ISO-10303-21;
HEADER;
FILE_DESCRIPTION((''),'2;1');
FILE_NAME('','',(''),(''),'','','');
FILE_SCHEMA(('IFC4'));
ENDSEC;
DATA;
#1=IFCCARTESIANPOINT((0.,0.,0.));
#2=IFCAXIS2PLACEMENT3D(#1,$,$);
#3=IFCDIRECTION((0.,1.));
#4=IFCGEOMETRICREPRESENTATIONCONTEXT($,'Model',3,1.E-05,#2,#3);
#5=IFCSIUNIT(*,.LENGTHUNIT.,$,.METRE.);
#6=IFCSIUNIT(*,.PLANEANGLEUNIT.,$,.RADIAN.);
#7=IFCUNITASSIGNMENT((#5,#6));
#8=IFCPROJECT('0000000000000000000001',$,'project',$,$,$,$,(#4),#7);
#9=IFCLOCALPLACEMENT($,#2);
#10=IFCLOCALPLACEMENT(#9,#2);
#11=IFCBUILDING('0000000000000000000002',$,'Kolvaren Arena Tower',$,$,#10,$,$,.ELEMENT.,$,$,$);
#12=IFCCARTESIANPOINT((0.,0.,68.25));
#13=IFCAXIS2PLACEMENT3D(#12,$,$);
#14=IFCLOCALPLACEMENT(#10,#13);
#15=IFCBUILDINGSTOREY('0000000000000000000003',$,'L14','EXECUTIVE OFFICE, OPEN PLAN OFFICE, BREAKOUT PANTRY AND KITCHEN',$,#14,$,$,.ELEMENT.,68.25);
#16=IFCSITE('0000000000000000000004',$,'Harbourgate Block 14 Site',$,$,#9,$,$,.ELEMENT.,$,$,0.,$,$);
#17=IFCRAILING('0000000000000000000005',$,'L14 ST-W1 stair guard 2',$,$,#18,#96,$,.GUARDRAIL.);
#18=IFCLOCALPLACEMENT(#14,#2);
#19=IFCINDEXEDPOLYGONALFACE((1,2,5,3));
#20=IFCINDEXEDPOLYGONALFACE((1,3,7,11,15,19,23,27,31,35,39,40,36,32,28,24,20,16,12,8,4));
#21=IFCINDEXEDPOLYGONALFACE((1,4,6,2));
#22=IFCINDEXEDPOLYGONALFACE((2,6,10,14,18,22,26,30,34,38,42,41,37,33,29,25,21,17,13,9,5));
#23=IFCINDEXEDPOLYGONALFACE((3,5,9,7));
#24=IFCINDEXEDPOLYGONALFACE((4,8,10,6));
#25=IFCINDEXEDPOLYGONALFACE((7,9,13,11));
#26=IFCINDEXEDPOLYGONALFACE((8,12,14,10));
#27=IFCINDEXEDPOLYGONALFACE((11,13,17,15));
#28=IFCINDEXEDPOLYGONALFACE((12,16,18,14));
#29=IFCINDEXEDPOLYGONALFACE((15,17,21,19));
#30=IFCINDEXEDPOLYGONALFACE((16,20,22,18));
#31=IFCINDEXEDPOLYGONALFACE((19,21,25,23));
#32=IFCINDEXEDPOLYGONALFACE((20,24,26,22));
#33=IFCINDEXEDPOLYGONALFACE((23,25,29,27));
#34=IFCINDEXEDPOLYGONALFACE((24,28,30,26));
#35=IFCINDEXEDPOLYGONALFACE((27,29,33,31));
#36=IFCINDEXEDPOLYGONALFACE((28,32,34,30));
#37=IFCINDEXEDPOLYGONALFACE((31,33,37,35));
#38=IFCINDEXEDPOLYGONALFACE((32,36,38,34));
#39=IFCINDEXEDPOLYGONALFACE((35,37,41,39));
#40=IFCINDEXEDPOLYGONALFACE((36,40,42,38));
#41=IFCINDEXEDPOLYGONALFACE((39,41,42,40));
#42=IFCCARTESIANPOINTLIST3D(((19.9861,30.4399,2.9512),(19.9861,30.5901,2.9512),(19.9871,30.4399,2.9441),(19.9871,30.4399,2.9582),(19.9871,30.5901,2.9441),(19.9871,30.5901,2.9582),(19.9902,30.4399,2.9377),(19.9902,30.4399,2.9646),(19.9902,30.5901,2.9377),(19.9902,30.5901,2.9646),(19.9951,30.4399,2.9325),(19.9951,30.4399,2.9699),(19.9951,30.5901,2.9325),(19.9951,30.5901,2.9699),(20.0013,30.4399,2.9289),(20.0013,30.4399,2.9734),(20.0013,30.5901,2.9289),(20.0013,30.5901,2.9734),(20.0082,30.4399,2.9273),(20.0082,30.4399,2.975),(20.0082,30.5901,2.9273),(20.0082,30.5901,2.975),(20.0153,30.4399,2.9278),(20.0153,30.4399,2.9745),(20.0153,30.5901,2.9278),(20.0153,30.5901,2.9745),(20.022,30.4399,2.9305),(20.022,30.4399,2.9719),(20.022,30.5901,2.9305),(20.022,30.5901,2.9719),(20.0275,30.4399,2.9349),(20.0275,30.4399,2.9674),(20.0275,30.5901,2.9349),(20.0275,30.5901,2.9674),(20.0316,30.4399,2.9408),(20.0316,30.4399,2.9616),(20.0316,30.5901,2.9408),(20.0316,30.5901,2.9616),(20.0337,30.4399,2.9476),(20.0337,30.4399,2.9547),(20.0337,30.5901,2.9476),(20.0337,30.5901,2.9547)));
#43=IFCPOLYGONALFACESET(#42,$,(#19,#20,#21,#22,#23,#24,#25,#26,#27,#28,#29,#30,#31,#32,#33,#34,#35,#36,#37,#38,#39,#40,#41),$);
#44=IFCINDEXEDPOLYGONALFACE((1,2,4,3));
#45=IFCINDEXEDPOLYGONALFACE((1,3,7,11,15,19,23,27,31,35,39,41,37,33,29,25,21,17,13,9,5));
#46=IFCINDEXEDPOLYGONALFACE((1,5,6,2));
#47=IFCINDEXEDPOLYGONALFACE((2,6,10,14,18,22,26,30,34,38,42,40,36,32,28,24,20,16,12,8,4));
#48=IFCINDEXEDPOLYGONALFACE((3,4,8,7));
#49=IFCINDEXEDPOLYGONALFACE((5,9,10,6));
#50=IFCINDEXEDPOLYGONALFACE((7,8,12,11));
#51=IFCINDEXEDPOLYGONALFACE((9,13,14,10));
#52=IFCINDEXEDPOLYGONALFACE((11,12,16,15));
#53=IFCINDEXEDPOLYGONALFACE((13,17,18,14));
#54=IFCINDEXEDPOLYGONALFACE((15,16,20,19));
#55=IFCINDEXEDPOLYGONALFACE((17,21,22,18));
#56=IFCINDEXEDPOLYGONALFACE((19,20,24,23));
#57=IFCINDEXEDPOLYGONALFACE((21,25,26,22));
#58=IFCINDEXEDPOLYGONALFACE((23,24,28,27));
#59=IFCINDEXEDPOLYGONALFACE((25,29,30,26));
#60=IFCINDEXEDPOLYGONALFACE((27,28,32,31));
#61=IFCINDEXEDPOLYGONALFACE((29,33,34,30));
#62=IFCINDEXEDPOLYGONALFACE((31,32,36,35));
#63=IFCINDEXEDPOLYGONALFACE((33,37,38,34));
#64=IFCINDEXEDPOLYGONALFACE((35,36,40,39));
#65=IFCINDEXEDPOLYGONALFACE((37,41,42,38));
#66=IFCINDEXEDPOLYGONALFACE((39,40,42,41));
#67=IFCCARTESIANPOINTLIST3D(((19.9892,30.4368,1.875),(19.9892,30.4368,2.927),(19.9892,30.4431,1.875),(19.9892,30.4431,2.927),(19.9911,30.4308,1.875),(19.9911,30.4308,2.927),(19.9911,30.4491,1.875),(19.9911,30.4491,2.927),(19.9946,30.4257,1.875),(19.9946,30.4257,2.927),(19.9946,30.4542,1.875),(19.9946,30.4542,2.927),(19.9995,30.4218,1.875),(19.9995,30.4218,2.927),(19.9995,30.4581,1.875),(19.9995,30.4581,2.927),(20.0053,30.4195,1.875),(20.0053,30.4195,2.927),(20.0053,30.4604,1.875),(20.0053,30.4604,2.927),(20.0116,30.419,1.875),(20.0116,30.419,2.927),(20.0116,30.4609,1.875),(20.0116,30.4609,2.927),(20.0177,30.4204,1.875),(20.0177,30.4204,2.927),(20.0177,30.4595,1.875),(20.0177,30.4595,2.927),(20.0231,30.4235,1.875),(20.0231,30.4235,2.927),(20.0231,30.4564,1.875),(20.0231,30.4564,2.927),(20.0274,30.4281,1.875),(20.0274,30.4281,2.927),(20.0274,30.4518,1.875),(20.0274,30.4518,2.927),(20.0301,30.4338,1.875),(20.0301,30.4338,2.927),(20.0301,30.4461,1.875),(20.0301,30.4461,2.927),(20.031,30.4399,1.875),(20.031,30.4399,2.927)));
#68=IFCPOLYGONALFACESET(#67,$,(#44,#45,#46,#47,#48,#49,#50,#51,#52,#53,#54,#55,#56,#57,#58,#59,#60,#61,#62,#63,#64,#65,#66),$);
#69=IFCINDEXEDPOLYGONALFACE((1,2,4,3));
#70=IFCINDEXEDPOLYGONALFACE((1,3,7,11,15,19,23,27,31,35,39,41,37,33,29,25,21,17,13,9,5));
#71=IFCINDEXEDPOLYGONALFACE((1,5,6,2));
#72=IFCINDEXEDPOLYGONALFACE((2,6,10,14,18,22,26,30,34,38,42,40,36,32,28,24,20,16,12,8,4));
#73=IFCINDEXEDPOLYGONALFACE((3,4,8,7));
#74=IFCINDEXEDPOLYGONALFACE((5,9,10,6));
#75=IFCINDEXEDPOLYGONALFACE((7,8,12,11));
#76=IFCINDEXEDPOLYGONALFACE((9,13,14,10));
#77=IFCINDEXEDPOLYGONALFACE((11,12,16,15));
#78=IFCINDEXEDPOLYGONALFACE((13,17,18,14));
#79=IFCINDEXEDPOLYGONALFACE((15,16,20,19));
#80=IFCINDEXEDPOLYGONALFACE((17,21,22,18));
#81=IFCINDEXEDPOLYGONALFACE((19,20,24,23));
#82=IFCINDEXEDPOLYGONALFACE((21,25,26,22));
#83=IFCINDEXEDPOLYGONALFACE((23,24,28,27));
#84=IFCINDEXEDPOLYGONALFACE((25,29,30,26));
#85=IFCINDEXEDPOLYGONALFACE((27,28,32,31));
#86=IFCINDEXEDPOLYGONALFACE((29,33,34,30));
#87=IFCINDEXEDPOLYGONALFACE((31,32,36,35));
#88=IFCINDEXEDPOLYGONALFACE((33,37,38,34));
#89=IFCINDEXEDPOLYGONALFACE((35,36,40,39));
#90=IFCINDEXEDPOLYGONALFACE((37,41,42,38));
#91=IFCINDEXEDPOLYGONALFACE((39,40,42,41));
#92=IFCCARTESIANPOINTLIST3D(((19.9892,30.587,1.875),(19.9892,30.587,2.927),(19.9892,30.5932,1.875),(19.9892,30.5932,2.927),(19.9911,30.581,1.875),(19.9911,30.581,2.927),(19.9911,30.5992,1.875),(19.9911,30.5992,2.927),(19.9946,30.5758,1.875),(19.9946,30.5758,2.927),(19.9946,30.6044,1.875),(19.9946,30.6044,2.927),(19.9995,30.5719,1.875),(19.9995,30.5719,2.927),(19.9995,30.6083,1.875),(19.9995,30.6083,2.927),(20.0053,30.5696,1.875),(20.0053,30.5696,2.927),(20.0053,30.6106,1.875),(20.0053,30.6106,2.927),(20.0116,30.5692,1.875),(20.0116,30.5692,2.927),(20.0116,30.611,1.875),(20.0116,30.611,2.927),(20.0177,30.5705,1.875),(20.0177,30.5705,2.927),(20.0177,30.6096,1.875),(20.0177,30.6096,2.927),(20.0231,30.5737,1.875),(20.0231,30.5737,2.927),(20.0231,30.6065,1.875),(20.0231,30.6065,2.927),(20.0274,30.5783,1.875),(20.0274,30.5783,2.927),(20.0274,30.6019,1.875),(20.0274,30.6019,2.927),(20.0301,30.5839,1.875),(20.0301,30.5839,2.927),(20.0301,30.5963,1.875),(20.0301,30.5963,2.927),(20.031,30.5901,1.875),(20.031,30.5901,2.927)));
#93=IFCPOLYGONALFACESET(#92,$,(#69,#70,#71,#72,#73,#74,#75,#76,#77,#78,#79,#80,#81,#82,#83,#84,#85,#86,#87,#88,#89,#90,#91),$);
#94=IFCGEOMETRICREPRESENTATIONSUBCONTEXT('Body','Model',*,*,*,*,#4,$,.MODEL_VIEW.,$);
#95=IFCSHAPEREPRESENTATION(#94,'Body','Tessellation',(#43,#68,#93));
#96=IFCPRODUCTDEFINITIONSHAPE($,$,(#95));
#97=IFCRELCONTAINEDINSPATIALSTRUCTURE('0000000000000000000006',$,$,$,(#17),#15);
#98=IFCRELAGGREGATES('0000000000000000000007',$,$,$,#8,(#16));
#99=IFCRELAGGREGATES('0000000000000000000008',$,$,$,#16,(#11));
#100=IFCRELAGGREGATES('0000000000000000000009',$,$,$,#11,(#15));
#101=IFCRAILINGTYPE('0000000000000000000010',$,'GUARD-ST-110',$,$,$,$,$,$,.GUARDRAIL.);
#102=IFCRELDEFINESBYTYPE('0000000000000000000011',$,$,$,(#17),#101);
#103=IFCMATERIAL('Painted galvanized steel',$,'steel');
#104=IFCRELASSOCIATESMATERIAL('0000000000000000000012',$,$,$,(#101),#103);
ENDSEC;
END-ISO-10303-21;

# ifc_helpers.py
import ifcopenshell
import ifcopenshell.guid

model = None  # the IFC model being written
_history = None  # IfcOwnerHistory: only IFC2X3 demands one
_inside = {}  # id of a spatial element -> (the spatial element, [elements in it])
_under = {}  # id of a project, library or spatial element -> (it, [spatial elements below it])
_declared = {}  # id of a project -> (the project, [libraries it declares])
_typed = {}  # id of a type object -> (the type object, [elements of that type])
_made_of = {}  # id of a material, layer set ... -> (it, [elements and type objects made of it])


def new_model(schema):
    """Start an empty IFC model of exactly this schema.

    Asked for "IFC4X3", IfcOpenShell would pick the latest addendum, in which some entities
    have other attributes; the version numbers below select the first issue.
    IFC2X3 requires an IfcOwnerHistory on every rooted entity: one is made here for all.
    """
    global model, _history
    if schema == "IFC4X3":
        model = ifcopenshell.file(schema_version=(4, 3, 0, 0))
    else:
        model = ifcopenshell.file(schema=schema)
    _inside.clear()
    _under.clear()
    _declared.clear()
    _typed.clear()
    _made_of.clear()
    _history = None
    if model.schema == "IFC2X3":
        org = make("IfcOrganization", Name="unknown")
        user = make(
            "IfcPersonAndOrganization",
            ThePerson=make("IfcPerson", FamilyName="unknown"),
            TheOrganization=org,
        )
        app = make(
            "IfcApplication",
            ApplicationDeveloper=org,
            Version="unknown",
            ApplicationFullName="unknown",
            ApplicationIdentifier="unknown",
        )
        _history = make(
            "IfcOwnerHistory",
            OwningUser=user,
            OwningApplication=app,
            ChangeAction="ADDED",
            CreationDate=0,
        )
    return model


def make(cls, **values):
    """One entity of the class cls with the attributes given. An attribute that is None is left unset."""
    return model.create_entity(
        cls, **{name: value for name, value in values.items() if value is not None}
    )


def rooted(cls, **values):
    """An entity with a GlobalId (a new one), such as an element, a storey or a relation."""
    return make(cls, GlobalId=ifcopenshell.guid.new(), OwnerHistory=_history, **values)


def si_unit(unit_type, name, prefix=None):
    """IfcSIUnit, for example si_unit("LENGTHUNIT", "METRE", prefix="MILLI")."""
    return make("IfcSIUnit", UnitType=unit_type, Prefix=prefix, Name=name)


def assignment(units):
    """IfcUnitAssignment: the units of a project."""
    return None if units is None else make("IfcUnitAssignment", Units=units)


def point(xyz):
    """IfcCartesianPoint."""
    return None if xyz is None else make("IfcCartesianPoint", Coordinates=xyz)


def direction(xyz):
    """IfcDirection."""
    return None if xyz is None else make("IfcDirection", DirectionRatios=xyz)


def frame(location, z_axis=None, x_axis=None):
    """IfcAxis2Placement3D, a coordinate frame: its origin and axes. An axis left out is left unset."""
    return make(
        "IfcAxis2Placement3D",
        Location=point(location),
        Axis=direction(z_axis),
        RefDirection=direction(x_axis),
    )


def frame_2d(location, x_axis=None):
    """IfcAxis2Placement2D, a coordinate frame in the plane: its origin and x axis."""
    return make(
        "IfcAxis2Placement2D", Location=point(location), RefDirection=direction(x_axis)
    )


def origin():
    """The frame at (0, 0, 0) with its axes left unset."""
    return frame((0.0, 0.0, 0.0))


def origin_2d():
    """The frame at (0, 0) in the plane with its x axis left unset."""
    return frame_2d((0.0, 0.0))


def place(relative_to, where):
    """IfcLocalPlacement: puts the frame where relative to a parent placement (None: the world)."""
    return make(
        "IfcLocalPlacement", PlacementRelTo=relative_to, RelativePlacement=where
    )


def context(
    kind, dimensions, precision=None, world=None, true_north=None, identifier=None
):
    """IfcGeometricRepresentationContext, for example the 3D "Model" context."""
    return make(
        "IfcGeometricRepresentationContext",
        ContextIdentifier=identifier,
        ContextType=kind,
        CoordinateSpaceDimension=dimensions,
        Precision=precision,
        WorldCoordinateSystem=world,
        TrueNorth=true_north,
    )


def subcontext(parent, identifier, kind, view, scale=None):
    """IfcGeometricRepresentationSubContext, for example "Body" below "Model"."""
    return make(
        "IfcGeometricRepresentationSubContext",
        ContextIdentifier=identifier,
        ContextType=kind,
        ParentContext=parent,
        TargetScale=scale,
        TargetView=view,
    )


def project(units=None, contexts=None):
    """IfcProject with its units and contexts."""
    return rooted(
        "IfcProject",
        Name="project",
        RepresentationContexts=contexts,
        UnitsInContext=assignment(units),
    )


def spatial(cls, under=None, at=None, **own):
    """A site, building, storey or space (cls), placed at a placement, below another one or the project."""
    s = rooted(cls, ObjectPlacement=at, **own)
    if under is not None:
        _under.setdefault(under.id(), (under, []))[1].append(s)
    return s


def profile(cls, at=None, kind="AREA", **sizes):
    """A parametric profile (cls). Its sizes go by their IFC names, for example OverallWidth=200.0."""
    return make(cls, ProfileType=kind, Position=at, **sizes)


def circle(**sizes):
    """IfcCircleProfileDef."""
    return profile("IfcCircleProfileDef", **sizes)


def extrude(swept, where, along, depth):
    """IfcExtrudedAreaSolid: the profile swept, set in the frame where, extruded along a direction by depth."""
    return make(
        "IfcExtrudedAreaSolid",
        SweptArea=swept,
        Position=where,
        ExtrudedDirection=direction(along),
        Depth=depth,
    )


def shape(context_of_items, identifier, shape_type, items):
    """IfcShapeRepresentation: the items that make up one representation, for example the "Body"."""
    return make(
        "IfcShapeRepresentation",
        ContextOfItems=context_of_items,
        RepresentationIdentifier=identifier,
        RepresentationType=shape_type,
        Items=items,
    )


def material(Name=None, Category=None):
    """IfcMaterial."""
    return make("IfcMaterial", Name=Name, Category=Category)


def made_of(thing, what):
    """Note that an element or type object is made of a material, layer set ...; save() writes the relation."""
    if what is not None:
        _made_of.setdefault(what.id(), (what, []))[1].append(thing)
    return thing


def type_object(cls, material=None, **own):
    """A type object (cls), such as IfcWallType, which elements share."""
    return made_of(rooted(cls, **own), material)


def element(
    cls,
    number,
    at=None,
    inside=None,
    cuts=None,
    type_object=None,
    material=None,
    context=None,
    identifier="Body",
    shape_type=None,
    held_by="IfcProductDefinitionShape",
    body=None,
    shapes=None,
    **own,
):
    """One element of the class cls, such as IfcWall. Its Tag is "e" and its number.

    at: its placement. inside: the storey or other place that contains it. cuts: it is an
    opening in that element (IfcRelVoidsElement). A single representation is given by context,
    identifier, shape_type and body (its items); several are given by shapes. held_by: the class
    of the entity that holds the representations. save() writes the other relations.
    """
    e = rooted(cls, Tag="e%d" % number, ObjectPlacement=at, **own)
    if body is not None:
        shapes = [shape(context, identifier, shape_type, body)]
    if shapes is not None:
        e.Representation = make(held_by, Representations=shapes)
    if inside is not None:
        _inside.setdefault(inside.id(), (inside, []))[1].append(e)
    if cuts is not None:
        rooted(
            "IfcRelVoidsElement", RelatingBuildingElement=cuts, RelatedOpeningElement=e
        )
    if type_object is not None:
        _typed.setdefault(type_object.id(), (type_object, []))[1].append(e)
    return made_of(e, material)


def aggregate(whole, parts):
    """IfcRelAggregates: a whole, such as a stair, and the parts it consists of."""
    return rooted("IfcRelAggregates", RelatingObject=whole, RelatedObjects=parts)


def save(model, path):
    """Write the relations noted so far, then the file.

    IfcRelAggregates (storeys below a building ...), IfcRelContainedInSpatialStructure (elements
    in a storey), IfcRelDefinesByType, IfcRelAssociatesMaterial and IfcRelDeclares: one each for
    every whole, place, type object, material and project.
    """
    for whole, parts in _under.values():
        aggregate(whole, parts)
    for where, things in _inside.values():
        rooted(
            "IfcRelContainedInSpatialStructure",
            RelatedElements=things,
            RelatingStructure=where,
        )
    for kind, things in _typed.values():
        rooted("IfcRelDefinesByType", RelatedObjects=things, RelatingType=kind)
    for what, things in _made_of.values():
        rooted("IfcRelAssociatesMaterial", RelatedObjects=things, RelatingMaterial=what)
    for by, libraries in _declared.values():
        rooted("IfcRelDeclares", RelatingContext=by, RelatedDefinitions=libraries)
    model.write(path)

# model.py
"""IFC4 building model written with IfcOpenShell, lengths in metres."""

from ifc_helpers import new_model, si_unit, direction, frame, origin, origin_2d, place, context, subcontext, project, spatial, circle, extrude, material, type_object, element, save


model = new_model("IFC4")

# Units and contexts
model_context = context("Model", 3, precision=1e-05, world=origin(), true_north=direction((0.0, 1.0)))
body_context = subcontext(model_context, "Body", "Model", "MODEL_VIEW")
ifc_project = project(units=[si_unit("LENGTHUNIT", "METRE"), si_unit("PLANEANGLEUNIT", "RADIAN")], contexts=[model_context])

# Site, building, storey
site_placement = place(None, origin())
site = spatial("IfcSite", under=ifc_project, at=site_placement, Name="Harbourgate Block 14 Site", CompositionType="ELEMENT", RefElevation=0.0)
building_placement = place(site_placement, origin())
building = spatial("IfcBuilding", under=site, at=building_placement, Name="Kolvaren Arena Tower", CompositionType="ELEMENT")
storey_placement = place(building_placement, frame((0.0, 0.0, 68.25)))
storey = spatial("IfcBuildingStorey", under=building, at=storey_placement, Name="L14", Description="EXECUTIVE OFFICE, OPEN PLAN OFFICE, BREAKOUT PANTRY AND KITCHEN", CompositionType="ELEMENT", Elevation=68.25)

# Railing
ifc_material_1 = material(Name="Painted galvanized steel", Category="steel")
railing_type_1 = type_object("IfcRailingType", Name="GUARD-ST-110", PredefinedType="GUARDRAIL", material=ifc_material_1)
railing_1_placement = place(storey_placement, frame((20.01, 30.4399, 1.875)))
element("IfcRailing", 1, at=railing_1_placement, inside=storey, type_object=railing_type_1, Name="L14 ST-W1 stair guard 2", PredefinedType="GUARDRAIL", context=body_context, shape_type="SweptSolid", body=[
    extrude(circle(Radius=0.0239, at=origin_2d()), frame((0.0, 0.0, 1.0762), z_axis=(0.0, 1.0, 0.0), x_axis=(-1.0, 0.0, 0.0)), (0.0, 0.0, 1.0), 0.1501),
    extrude(circle(Radius=0.021, at=origin_2d()), origin(), (0.0, 0.0, 1.0), 1.052),
    extrude(circle(Radius=0.021, at=origin_2d()), frame((0.0, 0.1501, 0.0)), (0.0, 0.0, 1.0), 1.052),
])

save(model, "model.ifc")
